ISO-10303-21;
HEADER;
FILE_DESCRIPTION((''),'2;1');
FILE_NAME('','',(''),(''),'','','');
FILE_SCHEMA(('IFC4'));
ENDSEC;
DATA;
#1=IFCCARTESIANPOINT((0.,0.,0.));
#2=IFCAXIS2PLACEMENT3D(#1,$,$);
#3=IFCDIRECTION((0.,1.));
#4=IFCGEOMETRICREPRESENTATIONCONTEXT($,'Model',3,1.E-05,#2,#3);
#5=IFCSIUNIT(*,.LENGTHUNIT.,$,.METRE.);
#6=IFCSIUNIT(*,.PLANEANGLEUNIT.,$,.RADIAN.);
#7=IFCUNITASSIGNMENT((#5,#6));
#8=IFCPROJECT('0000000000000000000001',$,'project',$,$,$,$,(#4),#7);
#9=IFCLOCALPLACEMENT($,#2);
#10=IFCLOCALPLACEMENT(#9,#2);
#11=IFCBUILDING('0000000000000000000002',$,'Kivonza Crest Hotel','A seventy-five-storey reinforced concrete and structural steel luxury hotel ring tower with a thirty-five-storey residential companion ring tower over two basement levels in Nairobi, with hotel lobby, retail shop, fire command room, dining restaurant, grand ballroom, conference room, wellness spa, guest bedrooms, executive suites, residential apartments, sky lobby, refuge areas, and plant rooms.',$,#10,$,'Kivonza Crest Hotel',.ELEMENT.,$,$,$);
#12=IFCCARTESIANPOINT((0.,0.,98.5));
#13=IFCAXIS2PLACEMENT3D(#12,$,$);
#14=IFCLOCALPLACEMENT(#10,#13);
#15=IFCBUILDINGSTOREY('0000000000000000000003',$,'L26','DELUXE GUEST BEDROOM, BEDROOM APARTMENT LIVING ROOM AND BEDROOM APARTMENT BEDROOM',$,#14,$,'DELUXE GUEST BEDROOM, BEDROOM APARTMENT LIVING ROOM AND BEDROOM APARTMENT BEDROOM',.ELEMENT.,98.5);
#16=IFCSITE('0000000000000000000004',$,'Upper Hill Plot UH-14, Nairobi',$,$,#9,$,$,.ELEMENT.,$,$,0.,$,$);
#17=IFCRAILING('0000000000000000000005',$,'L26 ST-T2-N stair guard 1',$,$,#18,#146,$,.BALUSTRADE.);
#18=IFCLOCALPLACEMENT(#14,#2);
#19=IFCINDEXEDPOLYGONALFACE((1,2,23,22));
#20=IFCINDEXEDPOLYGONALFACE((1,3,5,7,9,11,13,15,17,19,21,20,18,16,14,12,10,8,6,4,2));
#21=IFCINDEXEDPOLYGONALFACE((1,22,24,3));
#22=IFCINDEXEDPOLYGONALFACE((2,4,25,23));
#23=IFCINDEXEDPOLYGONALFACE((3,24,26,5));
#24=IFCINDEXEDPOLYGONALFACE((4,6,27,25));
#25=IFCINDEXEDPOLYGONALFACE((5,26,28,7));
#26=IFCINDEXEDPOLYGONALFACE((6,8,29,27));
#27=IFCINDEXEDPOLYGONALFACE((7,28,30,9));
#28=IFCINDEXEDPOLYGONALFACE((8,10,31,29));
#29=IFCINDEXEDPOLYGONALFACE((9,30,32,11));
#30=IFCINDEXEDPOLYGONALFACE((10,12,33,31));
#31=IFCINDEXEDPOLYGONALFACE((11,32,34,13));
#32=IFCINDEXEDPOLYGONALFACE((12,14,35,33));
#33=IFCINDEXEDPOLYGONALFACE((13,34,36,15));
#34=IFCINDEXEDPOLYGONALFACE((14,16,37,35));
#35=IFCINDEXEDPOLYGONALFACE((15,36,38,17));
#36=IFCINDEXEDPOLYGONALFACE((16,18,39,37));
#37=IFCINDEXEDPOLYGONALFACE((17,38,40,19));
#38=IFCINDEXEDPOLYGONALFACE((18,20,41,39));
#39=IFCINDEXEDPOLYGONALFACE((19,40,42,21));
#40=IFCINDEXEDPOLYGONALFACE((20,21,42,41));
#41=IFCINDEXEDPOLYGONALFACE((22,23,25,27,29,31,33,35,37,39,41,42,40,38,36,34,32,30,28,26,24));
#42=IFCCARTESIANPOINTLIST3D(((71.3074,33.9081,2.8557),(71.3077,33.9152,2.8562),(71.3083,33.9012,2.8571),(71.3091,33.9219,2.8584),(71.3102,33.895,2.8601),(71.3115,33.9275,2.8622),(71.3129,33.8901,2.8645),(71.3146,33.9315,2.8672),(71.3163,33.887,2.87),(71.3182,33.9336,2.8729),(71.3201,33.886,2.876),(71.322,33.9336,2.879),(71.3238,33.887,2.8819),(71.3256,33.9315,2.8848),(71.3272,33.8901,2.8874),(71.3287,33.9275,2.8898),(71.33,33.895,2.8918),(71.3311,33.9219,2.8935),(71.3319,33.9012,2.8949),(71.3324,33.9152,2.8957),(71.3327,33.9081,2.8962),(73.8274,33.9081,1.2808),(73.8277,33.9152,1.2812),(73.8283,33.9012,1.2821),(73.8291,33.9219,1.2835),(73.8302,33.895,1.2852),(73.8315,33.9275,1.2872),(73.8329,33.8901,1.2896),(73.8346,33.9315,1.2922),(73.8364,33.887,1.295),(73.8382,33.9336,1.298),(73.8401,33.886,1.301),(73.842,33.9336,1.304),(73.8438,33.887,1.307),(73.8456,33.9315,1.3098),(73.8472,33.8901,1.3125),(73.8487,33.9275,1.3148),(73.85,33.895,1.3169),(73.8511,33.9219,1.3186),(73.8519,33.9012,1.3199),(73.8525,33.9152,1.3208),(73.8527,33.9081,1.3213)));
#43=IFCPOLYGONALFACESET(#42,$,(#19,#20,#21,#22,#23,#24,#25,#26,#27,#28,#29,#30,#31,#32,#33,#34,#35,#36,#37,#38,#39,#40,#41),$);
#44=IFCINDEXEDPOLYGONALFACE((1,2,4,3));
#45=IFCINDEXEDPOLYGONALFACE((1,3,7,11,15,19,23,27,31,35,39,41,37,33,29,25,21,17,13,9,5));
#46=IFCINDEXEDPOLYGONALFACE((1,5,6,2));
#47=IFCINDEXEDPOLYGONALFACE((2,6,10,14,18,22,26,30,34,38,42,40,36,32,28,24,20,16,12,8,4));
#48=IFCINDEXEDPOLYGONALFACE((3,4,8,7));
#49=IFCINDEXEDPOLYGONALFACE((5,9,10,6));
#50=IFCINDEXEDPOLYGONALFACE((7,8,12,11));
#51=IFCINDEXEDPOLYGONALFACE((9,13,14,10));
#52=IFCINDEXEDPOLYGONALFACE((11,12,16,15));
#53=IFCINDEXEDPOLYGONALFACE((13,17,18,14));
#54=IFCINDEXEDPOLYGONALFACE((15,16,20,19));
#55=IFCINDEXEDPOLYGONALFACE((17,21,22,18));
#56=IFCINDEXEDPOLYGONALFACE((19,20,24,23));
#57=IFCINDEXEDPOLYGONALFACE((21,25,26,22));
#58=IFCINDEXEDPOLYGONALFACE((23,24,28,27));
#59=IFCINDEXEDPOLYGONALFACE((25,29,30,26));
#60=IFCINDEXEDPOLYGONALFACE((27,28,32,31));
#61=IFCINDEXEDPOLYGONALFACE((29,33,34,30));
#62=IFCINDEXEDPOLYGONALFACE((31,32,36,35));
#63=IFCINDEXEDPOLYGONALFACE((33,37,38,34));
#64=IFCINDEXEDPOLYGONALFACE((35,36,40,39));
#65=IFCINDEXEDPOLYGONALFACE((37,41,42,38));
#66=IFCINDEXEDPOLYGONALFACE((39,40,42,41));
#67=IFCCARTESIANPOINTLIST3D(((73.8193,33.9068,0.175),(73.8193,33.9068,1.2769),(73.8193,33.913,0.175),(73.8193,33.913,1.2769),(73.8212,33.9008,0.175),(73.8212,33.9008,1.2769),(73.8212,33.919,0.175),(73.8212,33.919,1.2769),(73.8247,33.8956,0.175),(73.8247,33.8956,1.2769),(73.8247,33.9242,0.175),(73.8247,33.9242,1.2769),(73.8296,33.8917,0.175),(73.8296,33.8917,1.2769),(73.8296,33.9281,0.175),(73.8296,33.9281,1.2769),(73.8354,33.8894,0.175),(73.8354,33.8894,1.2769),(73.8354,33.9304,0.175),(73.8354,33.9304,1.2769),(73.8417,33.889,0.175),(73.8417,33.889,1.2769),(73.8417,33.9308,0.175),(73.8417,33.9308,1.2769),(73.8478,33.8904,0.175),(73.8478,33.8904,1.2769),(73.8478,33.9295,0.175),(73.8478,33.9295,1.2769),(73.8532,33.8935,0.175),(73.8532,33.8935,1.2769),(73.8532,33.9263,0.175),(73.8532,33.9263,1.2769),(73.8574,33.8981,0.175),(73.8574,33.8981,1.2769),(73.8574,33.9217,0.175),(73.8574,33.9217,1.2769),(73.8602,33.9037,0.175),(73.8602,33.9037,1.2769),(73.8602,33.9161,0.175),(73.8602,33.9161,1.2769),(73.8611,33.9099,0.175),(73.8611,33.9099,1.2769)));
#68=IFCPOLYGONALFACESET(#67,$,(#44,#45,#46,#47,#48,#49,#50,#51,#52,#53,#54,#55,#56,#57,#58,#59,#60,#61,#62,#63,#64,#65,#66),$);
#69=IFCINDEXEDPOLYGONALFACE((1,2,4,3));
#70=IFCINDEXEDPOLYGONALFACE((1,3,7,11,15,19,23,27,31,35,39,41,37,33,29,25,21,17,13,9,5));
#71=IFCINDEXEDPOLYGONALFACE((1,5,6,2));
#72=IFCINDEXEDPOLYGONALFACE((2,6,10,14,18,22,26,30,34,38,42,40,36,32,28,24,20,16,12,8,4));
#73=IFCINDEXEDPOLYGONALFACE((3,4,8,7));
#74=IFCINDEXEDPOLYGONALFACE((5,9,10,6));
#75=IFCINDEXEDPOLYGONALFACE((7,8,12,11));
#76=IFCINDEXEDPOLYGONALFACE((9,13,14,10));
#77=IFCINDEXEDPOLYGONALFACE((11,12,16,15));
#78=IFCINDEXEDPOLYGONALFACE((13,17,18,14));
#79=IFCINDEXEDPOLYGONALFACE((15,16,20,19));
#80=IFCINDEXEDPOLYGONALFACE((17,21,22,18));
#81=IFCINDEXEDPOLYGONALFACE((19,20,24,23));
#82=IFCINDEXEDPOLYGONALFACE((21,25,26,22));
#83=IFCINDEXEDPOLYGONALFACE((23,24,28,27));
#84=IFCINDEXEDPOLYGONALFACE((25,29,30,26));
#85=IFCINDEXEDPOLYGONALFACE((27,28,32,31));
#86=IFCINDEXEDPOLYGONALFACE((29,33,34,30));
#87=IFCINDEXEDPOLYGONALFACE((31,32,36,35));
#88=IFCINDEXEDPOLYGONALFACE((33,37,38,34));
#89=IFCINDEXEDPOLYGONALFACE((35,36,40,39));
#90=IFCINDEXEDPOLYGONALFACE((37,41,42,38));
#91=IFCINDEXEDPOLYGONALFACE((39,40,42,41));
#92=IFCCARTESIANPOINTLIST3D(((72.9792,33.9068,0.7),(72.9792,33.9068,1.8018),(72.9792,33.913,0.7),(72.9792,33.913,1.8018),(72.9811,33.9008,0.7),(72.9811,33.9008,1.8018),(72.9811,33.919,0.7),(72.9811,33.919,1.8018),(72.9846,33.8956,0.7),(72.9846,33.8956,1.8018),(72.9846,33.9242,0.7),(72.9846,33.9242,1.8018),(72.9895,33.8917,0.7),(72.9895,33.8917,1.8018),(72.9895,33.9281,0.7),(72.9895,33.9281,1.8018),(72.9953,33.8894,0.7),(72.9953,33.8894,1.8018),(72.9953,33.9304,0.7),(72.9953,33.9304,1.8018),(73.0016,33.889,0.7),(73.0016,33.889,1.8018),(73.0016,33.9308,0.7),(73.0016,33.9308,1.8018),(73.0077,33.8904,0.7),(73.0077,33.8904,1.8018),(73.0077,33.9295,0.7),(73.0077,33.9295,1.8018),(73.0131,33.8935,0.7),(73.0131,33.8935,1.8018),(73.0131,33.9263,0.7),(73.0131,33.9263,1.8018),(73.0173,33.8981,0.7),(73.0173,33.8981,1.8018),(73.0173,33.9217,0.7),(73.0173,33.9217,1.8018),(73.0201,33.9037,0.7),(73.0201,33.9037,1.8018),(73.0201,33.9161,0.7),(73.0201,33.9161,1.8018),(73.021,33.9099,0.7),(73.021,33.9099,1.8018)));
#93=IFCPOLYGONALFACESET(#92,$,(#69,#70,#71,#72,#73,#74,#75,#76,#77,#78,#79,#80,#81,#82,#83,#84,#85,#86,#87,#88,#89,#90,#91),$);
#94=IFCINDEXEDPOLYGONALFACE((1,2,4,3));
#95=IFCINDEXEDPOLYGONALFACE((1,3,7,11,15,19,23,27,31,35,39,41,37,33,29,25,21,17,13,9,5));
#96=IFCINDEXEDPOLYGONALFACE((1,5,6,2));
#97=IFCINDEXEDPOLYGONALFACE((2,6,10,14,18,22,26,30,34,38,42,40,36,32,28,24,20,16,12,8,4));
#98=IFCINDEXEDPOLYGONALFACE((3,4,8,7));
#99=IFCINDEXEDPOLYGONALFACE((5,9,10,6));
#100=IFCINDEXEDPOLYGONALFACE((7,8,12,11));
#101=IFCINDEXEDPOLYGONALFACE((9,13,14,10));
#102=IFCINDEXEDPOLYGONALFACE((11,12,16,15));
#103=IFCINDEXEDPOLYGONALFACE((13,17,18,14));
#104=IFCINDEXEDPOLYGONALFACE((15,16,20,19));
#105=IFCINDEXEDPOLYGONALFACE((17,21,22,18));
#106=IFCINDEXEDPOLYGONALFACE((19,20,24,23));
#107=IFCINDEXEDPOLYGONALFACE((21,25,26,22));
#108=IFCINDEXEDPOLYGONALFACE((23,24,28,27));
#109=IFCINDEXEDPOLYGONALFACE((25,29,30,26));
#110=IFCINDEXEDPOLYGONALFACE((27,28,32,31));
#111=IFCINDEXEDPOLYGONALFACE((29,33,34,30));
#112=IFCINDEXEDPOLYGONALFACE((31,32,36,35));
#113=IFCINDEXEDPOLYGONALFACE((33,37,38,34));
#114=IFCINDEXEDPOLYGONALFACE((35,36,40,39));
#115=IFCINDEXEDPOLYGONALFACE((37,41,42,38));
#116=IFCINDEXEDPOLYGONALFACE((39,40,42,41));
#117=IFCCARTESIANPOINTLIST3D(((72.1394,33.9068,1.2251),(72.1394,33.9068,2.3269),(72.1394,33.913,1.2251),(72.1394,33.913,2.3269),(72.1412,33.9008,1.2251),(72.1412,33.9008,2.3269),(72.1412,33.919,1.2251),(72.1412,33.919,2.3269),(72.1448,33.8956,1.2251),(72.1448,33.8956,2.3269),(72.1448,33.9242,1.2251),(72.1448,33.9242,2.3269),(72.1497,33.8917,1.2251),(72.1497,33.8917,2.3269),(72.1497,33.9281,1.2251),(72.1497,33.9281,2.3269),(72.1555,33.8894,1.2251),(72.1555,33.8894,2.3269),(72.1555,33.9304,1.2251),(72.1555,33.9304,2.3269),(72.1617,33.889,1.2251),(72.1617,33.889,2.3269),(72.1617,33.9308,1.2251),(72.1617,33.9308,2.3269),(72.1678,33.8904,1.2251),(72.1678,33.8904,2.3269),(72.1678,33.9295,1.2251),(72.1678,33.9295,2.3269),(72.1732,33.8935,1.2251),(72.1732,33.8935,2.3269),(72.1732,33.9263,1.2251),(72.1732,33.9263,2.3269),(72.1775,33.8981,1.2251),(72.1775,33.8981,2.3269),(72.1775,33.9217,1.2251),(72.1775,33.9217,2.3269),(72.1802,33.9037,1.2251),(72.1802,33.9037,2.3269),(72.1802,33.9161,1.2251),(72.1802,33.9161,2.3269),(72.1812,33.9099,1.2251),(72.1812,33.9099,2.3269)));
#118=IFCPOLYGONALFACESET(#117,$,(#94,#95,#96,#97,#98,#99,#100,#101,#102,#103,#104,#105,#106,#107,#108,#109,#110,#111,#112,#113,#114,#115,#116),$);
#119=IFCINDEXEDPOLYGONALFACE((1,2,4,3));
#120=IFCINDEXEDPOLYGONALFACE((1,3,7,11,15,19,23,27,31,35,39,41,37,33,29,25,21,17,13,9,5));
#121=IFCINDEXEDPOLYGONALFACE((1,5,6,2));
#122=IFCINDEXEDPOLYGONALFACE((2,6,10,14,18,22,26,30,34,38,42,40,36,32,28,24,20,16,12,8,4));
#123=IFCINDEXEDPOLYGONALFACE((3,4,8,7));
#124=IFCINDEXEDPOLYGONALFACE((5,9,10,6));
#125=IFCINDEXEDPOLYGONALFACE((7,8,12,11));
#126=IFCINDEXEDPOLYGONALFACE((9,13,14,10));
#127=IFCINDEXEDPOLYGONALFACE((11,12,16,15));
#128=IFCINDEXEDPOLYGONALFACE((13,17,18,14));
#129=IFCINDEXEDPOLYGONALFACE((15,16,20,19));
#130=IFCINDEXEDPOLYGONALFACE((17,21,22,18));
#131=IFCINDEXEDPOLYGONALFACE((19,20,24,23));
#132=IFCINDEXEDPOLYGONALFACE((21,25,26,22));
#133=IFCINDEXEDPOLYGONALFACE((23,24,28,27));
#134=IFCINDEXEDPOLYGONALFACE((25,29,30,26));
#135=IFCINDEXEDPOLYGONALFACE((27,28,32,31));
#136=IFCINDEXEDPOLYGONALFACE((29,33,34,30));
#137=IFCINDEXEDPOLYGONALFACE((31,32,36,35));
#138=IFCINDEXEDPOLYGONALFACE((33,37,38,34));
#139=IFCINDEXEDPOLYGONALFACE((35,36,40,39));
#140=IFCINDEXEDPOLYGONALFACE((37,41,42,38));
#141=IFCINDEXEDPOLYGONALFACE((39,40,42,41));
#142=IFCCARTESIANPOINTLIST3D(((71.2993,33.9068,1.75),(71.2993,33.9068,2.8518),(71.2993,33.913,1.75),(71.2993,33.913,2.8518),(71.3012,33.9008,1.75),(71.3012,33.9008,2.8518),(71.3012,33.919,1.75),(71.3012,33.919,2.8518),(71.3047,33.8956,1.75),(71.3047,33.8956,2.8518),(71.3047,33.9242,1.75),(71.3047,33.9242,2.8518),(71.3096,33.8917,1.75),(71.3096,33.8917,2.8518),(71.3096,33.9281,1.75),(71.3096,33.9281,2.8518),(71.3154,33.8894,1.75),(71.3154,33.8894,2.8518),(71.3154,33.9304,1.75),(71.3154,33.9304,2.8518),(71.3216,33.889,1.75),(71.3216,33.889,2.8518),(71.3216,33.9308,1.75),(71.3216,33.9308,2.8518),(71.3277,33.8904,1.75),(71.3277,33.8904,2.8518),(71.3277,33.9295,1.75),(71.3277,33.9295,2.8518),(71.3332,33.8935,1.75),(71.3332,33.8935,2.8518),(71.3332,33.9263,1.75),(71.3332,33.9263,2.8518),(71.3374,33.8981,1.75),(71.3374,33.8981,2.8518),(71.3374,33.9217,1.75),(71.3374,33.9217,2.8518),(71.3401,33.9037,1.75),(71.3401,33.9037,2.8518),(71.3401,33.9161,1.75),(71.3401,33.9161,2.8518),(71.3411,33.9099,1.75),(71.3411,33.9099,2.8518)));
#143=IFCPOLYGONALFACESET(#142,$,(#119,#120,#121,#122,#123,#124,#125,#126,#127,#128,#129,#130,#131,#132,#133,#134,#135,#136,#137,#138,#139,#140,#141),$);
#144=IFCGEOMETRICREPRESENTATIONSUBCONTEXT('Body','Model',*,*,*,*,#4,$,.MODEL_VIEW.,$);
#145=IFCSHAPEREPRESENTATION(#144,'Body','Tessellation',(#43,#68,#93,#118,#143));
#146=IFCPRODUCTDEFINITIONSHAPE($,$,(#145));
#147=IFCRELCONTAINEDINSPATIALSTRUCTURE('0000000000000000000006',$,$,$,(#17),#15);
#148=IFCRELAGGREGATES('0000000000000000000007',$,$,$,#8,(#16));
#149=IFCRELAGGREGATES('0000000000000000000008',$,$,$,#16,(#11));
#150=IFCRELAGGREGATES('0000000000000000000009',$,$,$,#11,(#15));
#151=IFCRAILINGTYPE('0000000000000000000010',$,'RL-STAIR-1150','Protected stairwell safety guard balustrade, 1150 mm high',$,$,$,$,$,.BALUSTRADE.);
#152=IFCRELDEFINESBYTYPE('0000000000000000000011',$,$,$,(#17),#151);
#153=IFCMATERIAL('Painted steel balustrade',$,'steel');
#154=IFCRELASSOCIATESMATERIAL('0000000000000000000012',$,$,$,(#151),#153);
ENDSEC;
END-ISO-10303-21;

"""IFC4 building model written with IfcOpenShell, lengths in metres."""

from ifc_helpers import new_model, si_unit, direction, frame, origin, origin_2d, place, context, subcontext, project, spatial, circle, extrude, material, type_object, element, save


model = new_model("IFC4")

# Units and contexts
model_context = context("Model", 3, precision=1e-05, world=origin(), true_north=direction((0.0, 1.0)))
body_context = subcontext(model_context, "Body", "Model", "MODEL_VIEW")
ifc_project = project(units=[si_unit("LENGTHUNIT", "METRE"), si_unit("PLANEANGLEUNIT", "RADIAN")], contexts=[model_context])

# Site, building, storey
site_placement = place(None, origin())
site = spatial("IfcSite", under=ifc_project, at=site_placement, Name="Upper Hill Plot UH-14, Nairobi", CompositionType="ELEMENT", RefElevation=0.0)
building_placement = place(site_placement, origin())
building = spatial("IfcBuilding", under=site, at=building_placement, Name="Kivonza Crest Hotel", Description="A seventy-five-storey reinforced concrete and structural steel luxury hotel ring tower with a thirty-five-storey residential companion ring tower over two basement levels in Nairobi, with hotel lobby, retail shop, fire command room, dining restaurant, grand ballroom, conference room, wellness spa, guest bedrooms, executive suites, residential apartments, sky lobby, refuge areas, and plant rooms.", LongName="Kivonza Crest Hotel", CompositionType="ELEMENT")
storey_placement = place(building_placement, frame((0.0, 0.0, 98.5)))
storey = spatial("IfcBuildingStorey", under=building, at=storey_placement, Name="L26", Description="DELUXE GUEST BEDROOM, BEDROOM APARTMENT LIVING ROOM AND BEDROOM APARTMENT BEDROOM", LongName="DELUXE GUEST BEDROOM, BEDROOM APARTMENT LIVING ROOM AND BEDROOM APARTMENT BEDROOM", CompositionType="ELEMENT", Elevation=98.5)

# Railing
ifc_material_1 = material(Name="Painted steel balustrade", Category="steel")
railing_type_1 = type_object("IfcRailingType", Name="RL-STAIR-1150", Description="Protected stairwell safety guard balustrade, 1150 mm high", PredefinedType="BALUSTRADE", material=ifc_material_1)
railing_1_placement = place(storey_placement, frame((73.8401, 33.9099, 0.175)))
element("IfcRailing", 1, at=railing_1_placement, inside=storey, type_object=railing_type_1, Name="L26 ST-T2-N stair guard 1", PredefinedType="BALUSTRADE", context=body_context, shape_type="SweptSolid", body=[
    extrude(circle(Radius=0.0239, at=origin_2d()), frame((0.0, 0.0, 1.126), z_axis=(-0.848008, 0.0, 0.529984), x_axis=(0.0, -1.0, 0.0)), (0.0, 0.0, 1.0), 2.9717),
    extrude(circle(Radius=0.021, at=origin_2d()), origin(), (0.0, 0.0, 1.0), 1.1018),
    extrude(circle(Radius=0.021, at=origin_2d()), frame((-0.8401, 0.0, 0.5249)), (0.0, 0.0, 1.0), 1.1018),
    extrude(circle(Radius=0.021, at=origin_2d()), frame((-1.6799, 0.0, 1.05)), (0.0, 0.0, 1.0), 1.1018),
    extrude(circle(Radius=0.021, at=origin_2d()), frame((-2.52, 0.0, 1.575)), (0.0, 0.0, 1.0), 1.1018),
])

save(model, "model.ifc")
